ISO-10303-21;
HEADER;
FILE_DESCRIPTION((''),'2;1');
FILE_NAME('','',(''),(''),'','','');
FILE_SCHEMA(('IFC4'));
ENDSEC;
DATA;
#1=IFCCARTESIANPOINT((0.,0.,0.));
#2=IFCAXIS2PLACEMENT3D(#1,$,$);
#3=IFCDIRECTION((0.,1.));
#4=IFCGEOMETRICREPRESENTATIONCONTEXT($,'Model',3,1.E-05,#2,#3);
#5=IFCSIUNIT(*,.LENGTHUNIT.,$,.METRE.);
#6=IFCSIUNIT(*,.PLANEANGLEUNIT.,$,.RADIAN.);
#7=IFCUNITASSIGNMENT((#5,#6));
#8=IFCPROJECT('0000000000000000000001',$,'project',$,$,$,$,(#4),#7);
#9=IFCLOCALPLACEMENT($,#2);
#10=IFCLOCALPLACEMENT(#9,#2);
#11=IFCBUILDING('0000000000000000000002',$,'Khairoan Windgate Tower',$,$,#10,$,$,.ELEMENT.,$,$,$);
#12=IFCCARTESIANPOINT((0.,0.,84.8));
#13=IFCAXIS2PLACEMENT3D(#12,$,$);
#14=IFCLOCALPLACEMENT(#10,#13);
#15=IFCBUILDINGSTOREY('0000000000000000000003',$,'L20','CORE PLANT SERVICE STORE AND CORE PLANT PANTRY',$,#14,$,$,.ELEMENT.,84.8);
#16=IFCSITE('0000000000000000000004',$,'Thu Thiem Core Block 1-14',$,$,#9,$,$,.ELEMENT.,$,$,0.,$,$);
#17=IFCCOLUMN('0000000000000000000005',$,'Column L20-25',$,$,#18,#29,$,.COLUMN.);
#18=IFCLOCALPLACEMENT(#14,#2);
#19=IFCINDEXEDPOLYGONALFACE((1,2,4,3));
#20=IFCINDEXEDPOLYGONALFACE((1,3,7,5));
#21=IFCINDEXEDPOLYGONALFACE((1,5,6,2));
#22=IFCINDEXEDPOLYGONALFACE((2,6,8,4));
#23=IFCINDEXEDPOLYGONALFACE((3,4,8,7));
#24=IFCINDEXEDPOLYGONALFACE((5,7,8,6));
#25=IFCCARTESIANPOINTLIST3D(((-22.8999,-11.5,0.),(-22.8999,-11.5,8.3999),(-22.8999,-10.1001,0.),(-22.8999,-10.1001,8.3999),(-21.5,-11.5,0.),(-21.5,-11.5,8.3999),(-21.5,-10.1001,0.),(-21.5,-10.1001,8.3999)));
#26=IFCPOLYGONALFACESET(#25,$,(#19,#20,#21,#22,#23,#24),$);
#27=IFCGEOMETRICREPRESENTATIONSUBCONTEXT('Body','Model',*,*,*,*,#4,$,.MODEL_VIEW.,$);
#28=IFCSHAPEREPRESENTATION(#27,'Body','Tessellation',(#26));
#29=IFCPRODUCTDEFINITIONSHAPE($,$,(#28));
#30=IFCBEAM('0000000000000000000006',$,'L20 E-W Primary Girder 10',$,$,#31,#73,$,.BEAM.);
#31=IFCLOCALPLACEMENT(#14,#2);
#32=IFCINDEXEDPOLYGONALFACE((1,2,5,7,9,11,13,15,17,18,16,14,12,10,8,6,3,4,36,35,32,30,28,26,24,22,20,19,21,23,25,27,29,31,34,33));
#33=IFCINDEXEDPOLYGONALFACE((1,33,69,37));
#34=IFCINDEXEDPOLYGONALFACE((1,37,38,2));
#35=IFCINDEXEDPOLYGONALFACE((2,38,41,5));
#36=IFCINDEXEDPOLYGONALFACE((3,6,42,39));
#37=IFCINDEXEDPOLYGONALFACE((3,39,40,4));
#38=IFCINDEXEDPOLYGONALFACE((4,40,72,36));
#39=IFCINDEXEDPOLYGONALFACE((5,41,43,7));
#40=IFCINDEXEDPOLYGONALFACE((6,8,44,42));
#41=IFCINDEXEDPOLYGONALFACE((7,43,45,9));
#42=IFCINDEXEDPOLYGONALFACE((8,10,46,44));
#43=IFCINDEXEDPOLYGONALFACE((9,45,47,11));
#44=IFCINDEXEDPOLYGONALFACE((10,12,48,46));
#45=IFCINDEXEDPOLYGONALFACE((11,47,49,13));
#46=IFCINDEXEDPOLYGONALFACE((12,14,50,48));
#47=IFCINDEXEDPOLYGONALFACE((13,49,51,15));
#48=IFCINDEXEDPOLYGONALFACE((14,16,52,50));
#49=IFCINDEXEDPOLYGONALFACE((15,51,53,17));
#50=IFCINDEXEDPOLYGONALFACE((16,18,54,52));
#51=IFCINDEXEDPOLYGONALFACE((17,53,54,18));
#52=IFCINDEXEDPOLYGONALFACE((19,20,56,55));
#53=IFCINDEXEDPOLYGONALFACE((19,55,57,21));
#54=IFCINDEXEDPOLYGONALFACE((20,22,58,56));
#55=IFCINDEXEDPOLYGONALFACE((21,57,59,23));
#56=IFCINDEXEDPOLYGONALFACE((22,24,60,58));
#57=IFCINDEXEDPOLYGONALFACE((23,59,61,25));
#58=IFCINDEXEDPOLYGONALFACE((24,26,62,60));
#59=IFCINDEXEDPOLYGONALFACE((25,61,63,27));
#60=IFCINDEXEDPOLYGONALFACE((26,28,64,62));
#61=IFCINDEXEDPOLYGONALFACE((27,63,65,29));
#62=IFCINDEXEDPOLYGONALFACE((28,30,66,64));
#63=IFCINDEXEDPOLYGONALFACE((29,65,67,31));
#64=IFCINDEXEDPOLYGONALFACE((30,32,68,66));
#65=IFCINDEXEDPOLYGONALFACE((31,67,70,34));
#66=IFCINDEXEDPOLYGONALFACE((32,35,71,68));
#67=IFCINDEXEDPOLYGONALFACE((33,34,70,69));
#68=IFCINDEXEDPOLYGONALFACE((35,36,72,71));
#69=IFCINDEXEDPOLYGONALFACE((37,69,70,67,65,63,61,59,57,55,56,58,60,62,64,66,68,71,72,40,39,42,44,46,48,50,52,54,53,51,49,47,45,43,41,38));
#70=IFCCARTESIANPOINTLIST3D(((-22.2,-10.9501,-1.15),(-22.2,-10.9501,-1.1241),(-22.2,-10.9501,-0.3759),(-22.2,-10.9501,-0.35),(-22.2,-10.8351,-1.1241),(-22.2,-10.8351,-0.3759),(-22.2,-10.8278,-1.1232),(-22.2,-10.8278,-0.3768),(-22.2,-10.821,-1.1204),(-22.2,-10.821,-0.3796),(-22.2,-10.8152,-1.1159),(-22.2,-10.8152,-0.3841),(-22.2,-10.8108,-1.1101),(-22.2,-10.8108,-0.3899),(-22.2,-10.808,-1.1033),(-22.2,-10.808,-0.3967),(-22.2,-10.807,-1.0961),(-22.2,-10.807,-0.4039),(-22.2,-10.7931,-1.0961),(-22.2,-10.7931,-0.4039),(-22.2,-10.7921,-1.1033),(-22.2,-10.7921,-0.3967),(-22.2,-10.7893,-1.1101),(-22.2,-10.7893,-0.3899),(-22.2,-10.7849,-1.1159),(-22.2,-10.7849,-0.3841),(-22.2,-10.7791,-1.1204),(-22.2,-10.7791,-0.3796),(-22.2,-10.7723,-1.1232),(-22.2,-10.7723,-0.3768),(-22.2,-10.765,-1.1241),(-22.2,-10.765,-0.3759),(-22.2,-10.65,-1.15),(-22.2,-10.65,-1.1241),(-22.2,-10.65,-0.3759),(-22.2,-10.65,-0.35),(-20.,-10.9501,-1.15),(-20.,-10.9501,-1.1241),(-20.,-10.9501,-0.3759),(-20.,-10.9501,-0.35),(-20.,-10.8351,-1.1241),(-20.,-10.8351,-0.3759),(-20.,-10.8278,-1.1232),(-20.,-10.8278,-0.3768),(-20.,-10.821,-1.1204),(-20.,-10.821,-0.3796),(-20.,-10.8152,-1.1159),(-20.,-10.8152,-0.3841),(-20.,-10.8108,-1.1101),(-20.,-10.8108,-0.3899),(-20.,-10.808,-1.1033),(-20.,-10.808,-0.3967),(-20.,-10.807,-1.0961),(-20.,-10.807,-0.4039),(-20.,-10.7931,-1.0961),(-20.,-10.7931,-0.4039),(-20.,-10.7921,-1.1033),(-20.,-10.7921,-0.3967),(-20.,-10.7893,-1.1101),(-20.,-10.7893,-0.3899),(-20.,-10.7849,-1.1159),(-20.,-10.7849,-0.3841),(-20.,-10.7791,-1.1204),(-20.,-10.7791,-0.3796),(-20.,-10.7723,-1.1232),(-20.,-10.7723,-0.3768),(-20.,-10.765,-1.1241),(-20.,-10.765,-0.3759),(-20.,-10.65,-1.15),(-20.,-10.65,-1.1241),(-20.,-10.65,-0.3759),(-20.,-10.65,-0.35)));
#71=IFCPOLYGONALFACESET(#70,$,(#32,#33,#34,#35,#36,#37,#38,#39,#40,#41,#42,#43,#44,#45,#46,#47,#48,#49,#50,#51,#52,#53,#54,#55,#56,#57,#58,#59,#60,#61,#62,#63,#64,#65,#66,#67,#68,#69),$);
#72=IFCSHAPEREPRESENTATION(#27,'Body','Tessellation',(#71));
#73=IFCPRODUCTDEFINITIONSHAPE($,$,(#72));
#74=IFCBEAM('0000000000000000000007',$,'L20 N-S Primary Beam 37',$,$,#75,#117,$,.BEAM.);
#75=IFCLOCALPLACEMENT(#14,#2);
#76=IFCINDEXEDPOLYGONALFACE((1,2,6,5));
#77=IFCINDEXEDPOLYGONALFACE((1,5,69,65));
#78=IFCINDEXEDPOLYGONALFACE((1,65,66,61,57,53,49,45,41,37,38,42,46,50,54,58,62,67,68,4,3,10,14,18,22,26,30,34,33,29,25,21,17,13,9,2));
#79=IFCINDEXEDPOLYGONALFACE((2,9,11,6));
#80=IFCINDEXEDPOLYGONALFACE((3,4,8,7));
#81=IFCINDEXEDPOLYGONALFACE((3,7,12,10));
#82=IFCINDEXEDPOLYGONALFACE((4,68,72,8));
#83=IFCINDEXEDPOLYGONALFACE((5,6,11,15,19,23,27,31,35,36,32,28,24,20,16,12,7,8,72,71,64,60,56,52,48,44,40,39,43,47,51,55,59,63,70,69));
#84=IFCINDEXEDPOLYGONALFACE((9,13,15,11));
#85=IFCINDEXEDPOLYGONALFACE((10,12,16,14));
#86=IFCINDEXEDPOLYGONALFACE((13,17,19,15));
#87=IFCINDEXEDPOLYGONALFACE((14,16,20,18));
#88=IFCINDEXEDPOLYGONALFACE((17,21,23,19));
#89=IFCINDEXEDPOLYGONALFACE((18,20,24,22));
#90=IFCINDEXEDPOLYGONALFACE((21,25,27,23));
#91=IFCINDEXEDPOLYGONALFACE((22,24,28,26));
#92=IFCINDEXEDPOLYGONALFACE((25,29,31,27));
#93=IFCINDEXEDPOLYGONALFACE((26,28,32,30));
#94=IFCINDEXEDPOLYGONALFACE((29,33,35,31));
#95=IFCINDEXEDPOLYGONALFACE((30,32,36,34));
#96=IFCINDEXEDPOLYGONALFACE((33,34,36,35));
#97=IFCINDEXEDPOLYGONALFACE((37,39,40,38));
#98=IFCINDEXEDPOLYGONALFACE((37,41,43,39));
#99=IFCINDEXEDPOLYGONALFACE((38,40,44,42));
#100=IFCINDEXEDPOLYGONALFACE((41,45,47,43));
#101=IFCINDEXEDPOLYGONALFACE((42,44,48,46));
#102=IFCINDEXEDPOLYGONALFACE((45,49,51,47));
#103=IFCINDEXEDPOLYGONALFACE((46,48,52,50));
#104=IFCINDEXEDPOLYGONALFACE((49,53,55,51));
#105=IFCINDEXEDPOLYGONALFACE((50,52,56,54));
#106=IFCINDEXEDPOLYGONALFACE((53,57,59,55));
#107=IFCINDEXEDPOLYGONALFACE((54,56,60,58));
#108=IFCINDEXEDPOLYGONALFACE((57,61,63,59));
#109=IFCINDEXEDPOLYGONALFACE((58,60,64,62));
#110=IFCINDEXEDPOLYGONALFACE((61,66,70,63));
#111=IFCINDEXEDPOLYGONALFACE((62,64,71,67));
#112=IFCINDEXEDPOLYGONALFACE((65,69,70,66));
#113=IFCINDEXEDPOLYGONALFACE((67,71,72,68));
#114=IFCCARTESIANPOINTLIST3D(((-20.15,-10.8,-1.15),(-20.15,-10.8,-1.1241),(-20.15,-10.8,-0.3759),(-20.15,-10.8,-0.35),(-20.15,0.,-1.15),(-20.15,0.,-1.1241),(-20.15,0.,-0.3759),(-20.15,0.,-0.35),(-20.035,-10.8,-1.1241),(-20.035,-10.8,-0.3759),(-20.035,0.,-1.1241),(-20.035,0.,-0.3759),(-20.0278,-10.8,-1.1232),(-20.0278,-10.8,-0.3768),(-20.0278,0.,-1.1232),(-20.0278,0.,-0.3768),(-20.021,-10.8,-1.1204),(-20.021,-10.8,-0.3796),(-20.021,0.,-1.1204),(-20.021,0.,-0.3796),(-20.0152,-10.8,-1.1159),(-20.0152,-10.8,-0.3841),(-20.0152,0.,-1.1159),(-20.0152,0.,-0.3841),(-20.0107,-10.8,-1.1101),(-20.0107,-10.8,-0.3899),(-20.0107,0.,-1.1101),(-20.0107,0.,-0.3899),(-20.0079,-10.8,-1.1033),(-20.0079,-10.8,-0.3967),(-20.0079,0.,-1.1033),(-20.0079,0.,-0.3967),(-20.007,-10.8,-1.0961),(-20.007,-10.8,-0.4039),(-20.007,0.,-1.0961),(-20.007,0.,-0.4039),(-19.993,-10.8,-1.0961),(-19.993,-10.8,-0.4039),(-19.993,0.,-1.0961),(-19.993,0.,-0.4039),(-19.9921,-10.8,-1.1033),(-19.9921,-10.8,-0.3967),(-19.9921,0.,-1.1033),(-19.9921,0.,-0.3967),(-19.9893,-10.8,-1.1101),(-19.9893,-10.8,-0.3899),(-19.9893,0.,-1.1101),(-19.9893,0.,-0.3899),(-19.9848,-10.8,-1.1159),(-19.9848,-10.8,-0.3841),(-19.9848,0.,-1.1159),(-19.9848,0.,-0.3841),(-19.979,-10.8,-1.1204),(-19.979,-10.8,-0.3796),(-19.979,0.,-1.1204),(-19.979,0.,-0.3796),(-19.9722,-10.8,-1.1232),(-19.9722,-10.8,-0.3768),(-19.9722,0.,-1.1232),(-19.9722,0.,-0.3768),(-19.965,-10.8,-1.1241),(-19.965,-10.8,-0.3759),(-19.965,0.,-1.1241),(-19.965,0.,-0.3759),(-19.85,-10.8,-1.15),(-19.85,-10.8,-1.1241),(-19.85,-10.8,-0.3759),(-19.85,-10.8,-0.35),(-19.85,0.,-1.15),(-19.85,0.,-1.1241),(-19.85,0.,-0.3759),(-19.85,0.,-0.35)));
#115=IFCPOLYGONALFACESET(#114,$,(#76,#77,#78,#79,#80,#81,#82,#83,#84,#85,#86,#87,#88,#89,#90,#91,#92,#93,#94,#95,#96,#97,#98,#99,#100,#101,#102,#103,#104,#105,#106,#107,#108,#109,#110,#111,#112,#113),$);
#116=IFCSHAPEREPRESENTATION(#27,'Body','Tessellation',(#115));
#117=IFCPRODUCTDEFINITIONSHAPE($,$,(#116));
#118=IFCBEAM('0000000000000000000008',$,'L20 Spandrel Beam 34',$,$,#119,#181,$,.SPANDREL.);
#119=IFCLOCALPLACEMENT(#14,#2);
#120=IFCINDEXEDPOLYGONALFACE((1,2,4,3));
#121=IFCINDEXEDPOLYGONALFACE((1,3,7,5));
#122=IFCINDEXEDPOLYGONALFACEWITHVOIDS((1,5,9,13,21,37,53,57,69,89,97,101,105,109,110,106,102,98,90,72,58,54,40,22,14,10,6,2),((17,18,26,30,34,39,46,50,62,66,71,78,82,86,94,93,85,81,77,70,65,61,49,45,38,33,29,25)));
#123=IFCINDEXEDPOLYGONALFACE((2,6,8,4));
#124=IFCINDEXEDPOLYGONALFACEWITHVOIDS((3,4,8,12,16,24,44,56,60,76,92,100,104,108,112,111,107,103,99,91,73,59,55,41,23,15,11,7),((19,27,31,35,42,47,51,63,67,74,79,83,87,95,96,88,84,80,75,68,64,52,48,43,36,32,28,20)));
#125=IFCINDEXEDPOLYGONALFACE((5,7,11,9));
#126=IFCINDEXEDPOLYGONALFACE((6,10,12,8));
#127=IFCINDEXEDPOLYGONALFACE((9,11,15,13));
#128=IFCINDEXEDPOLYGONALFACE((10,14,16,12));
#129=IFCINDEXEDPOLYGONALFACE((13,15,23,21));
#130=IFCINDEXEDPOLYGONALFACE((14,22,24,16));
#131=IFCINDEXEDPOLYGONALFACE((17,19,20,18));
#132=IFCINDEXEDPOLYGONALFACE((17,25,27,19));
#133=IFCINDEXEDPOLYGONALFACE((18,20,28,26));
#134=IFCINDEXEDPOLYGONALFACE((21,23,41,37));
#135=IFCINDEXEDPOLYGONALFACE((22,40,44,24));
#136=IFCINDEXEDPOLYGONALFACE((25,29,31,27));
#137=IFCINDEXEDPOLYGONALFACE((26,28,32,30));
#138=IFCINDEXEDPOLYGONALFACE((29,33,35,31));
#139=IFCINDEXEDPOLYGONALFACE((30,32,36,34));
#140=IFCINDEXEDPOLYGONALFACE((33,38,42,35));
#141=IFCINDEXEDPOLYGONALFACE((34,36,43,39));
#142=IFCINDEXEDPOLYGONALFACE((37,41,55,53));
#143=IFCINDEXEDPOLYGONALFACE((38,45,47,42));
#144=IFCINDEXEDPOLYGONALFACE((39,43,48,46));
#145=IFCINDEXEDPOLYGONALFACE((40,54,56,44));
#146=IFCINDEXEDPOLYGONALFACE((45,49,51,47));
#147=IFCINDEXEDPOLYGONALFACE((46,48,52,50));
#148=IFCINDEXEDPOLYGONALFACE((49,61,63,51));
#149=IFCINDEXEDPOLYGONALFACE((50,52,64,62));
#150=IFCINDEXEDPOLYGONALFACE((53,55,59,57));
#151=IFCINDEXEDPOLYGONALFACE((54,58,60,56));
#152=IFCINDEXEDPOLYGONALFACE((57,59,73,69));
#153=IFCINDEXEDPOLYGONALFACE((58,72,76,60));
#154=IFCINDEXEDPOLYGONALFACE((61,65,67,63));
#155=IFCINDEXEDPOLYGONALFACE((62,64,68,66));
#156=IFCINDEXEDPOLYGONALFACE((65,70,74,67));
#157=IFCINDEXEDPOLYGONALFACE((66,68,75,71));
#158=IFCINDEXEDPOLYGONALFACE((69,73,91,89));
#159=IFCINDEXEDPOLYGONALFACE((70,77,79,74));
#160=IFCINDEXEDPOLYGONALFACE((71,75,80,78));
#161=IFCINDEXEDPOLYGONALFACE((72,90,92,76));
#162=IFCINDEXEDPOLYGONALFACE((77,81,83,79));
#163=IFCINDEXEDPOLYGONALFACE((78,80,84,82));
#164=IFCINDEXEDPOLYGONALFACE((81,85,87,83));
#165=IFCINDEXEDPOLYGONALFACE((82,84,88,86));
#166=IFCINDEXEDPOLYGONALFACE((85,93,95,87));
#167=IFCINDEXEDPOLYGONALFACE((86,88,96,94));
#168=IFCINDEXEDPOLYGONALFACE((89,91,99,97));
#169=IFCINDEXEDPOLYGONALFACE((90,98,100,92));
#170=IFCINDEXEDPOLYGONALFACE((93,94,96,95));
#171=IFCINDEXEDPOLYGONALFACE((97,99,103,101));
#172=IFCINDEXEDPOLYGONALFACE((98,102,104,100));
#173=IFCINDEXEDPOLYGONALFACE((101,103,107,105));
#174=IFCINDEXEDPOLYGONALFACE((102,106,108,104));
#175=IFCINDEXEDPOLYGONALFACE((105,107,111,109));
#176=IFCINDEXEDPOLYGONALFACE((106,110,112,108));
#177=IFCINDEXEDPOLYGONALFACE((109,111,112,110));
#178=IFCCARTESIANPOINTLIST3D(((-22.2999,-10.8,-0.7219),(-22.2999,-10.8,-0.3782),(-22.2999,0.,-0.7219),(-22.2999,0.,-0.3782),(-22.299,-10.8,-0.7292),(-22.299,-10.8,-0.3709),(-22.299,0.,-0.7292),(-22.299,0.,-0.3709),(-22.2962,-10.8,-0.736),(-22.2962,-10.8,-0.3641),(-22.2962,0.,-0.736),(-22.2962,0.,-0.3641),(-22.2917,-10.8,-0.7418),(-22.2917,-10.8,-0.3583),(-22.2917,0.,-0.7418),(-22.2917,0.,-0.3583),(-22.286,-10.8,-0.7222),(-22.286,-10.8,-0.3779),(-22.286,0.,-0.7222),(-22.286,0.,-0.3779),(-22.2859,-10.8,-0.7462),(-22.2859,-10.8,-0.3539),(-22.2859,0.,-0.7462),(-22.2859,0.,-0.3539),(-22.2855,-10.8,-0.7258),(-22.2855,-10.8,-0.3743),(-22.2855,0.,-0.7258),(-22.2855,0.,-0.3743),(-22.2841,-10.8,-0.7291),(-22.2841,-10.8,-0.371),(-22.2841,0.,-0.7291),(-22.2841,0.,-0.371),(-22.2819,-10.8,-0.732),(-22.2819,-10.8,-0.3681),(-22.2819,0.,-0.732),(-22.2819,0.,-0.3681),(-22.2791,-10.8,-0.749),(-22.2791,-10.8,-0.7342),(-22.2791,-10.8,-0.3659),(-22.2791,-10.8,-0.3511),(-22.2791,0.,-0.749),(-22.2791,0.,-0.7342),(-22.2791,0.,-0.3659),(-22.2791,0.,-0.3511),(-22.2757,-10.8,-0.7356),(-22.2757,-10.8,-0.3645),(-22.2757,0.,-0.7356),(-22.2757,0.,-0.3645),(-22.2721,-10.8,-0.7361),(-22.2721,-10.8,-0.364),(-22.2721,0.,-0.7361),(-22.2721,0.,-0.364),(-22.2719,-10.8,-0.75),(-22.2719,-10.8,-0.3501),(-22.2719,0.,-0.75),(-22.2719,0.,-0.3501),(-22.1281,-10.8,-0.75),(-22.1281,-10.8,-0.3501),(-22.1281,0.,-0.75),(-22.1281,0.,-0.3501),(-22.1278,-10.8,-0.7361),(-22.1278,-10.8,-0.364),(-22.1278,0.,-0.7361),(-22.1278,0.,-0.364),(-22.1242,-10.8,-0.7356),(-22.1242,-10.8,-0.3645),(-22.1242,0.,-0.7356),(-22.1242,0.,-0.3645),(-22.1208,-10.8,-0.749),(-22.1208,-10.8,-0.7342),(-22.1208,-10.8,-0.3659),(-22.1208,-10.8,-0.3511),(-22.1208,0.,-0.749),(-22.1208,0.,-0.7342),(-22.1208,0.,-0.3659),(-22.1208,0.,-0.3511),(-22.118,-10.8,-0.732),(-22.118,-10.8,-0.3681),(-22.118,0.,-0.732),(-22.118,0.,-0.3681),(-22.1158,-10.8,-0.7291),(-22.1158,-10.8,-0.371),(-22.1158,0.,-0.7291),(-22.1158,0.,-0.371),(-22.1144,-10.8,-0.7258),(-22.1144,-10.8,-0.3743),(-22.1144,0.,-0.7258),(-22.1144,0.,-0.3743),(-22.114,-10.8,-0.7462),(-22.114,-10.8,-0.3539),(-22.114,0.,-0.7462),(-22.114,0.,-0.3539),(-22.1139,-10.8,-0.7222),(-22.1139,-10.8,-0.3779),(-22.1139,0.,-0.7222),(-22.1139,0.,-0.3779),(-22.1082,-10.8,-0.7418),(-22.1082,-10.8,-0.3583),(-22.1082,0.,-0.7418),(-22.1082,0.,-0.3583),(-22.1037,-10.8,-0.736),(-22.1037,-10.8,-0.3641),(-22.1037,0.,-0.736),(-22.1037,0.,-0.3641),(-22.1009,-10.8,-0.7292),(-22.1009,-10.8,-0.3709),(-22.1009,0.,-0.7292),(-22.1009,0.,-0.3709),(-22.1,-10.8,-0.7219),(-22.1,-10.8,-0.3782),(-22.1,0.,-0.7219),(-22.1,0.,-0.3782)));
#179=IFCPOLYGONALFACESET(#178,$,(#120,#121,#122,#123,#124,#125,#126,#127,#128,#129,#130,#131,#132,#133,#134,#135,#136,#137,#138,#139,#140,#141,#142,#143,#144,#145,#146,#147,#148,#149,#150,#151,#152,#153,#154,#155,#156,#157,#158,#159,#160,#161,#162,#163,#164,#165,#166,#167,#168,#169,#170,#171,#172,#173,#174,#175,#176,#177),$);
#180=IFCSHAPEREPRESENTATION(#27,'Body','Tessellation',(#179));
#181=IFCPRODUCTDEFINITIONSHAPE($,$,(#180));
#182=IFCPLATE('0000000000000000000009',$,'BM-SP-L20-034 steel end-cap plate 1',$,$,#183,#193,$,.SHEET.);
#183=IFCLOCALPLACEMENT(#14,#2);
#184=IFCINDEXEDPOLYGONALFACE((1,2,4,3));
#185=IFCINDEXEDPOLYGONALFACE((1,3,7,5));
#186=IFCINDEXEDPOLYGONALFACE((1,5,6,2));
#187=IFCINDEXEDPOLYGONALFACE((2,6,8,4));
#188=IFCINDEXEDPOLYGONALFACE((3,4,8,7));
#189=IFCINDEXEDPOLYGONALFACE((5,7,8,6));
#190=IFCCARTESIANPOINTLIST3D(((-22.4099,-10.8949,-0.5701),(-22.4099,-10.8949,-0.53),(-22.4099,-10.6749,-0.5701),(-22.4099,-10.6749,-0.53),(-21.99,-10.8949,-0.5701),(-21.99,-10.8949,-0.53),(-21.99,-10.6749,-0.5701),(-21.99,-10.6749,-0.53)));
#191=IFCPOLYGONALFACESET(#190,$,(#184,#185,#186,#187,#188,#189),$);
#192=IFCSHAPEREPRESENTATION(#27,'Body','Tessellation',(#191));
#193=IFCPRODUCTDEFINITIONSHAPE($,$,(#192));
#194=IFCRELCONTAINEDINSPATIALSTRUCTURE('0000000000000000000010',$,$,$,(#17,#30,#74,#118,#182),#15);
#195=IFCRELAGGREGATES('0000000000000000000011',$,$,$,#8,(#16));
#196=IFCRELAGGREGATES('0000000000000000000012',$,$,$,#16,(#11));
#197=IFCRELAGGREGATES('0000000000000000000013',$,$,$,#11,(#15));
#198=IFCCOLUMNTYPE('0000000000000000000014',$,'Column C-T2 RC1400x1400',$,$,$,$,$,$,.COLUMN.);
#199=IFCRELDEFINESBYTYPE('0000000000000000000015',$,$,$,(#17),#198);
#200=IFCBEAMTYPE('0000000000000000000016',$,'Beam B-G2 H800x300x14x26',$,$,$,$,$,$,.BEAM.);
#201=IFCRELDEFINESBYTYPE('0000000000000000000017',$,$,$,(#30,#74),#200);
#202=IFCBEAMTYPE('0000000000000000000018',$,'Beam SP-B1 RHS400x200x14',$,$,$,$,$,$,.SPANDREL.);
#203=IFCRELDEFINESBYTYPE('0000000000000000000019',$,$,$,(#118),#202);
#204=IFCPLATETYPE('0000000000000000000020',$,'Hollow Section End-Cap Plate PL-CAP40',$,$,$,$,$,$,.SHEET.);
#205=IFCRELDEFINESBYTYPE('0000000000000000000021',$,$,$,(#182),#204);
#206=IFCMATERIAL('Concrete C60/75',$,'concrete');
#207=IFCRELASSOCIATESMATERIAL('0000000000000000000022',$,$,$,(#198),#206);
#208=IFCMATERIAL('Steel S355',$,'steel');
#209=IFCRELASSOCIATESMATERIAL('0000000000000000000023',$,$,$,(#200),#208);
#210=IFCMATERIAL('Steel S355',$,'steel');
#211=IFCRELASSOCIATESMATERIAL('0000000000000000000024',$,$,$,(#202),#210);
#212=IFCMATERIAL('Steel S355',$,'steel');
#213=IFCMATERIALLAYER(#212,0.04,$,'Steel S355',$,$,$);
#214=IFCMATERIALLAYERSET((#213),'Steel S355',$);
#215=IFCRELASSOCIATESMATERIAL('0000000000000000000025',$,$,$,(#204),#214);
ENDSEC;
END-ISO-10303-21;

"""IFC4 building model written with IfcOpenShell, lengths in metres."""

from ifc_helpers import new_model, si_unit, direction, frame, origin, origin_2d, place, context, subcontext, project, spatial, rectangle, hollow_rectangle, i_section, extrude, material, layer, layer_set, material_profile, profile_set, type_object, element, save


model = new_model("IFC4")

# Units and contexts
model_context = context("Model", 3, precision=1e-05, world=origin(), true_north=direction((0.0, 1.0)))
body_context = subcontext(model_context, "Body", "Model", "MODEL_VIEW")
ifc_project = project(units=[si_unit("LENGTHUNIT", "METRE"), si_unit("PLANEANGLEUNIT", "RADIAN")], contexts=[model_context])

# Site, building, storey
site_placement = place(None, origin())
site = spatial("IfcSite", under=ifc_project, at=site_placement, Name="Thu Thiem Core Block 1-14", CompositionType="ELEMENT", RefElevation=0.0)
building_placement = place(site_placement, origin())
building = spatial("IfcBuilding", under=site, at=building_placement, Name="Khairoan Windgate Tower", CompositionType="ELEMENT")
storey_placement = place(building_placement, frame((0.0, 0.0, 84.8)))
storey = spatial("IfcBuildingStorey", under=building, at=storey_placement, Name="L20", Description="CORE PLANT SERVICE STORE AND CORE PLANT PANTRY", CompositionType="ELEMENT", Elevation=84.8)

# Column
ifc_material_1 = material(Name="Concrete C60/75", Category="concrete")
ifc_material_profile_1 = material_profile(ifc_material_1, rectangle(XDim=1.3999, YDim=1.3999, at=origin_2d()))
ifc_profile_set_1 = profile_set([ifc_material_profile_1], Name="Concrete C60/75")
column_type = type_object("IfcColumnType", Name="Column C-T2 RC1400x1400", PredefinedType="COLUMN", material=ifc_profile_set_1)
column_placement = place(storey_placement, frame((-22.2, -10.8, 0.0), z_axis=(0.0, 0.0, 1.0), x_axis=(1.0, 0.0, 0.0)))
element("IfcColumn", 1, at=column_placement, inside=storey, type_object=column_type, Name="Column L20-25", PredefinedType="COLUMN", context=body_context, shape_type="SweptSolid", body=[
    extrude(rectangle(XDim=1.3999, YDim=1.3999, at=origin_2d()), origin(), (0.0, 0.0, 1.0), 8.3999),
])

# Beams
ifc_material_2 = material(Name="Steel S355", Category="steel")
ifc_material_profile_2 = material_profile(ifc_material_2, i_section(OverallWidth=0.3, OverallDepth=0.8, WebThickness=0.0139, FlangeThickness=0.0259, FilletRadius=0.0281, at=origin_2d()))
ifc_profile_set_2 = profile_set([ifc_material_profile_2], Name="Steel S355")
beam_type_1 = type_object("IfcBeamType", Name="Beam B-G2 H800x300x14x26", PredefinedType="BEAM", material=ifc_profile_set_2)
beam_1_placement = place(storey_placement, frame((-22.2, -10.8, -0.75), z_axis=(1.0, 0.0, 0.0), x_axis=(0.0, 1.0, 0.0)))
element("IfcBeam", 2, at=beam_1_placement, inside=storey, type_object=beam_type_1, Name="L20 E-W Primary Girder 10", PredefinedType="BEAM", context=body_context, shape_type="SweptSolid", body=[
    extrude(i_section(OverallWidth=0.3, OverallDepth=0.8, WebThickness=0.0139, FlangeThickness=0.0259, FilletRadius=0.0281, at=origin_2d()), origin(), (0.0, 0.0, 1.0), 2.2),
])
beam_2_placement = place(storey_placement, frame((-20.0, -10.8, -0.75), z_axis=(0.0, 1.0, 0.0), x_axis=(-1.0, 0.0, 0.0)))
element("IfcBeam", 3, at=beam_2_placement, inside=storey, type_object=beam_type_1, Name="L20 N-S Primary Beam 37", PredefinedType="BEAM", context=body_context, shape_type="SweptSolid", body=[
    extrude(i_section(OverallWidth=0.3, OverallDepth=0.8, WebThickness=0.0139, FlangeThickness=0.0259, FilletRadius=0.0281, at=origin_2d()), origin(), (0.0, 0.0, 1.0), 10.8),
])
ifc_material_3 = material(Name="Steel S355", Category="steel")
ifc_material_profile_3 = material_profile(ifc_material_3, hollow_rectangle(XDim=0.2, YDim=0.3999, WallThickness=0.0139, InnerFilletRadius=0.0139, OuterFilletRadius=0.0281, at=origin_2d()))
ifc_profile_set_3 = profile_set([ifc_material_profile_3], Name="Steel S355")
beam_type_2 = type_object("IfcBeamType", Name="Beam SP-B1 RHS400x200x14", PredefinedType="SPANDREL", material=ifc_profile_set_3)
beam_3_placement = place(storey_placement, frame((-22.2, -10.8, -0.55), z_axis=(0.0, 1.0, 0.0), x_axis=(-1.0, 0.0, 0.0)))
element("IfcBeam", 4, at=beam_3_placement, inside=storey, type_object=beam_type_2, Name="L20 Spandrel Beam 34", PredefinedType="SPANDREL", context=body_context, shape_type="SweptSolid", body=[
    extrude(hollow_rectangle(XDim=0.2, YDim=0.3999, WallThickness=0.0139, InnerFilletRadius=0.0139, OuterFilletRadius=0.0281, at=origin_2d()), origin(), (0.0, 0.0, 1.0), 10.8),
])

# Plate
ifc_material_4 = material(Name="Steel S355", Category="steel")
ifc_layer_1 = layer(ifc_material_4, 0.04, Name="Steel S355")
ifc_layer_set_1 = layer_set([ifc_layer_1], Name="Steel S355")
plate_type = type_object("IfcPlateType", Name="Hollow Section End-Cap Plate PL-CAP40", PredefinedType="SHEET", material=ifc_layer_set_1)
plate_placement = place(storey_placement, frame((-22.2, -10.7849, -0.5701), z_axis=(0.0, 0.0, 1.0), x_axis=(0.0, 1.0, 0.0)))
element("IfcPlate", 5, at=plate_placement, inside=storey, type_object=plate_type, Name="BM-SP-L20-034 steel end-cap plate 1", PredefinedType="SHEET", context=body_context, shape_type="SweptSolid", body=[
    extrude(rectangle(XDim=0.22, YDim=0.4199, at=origin_2d()), origin(), (0.0, 0.0, 1.0), 0.04),
])

save(model, "model.ifc")
